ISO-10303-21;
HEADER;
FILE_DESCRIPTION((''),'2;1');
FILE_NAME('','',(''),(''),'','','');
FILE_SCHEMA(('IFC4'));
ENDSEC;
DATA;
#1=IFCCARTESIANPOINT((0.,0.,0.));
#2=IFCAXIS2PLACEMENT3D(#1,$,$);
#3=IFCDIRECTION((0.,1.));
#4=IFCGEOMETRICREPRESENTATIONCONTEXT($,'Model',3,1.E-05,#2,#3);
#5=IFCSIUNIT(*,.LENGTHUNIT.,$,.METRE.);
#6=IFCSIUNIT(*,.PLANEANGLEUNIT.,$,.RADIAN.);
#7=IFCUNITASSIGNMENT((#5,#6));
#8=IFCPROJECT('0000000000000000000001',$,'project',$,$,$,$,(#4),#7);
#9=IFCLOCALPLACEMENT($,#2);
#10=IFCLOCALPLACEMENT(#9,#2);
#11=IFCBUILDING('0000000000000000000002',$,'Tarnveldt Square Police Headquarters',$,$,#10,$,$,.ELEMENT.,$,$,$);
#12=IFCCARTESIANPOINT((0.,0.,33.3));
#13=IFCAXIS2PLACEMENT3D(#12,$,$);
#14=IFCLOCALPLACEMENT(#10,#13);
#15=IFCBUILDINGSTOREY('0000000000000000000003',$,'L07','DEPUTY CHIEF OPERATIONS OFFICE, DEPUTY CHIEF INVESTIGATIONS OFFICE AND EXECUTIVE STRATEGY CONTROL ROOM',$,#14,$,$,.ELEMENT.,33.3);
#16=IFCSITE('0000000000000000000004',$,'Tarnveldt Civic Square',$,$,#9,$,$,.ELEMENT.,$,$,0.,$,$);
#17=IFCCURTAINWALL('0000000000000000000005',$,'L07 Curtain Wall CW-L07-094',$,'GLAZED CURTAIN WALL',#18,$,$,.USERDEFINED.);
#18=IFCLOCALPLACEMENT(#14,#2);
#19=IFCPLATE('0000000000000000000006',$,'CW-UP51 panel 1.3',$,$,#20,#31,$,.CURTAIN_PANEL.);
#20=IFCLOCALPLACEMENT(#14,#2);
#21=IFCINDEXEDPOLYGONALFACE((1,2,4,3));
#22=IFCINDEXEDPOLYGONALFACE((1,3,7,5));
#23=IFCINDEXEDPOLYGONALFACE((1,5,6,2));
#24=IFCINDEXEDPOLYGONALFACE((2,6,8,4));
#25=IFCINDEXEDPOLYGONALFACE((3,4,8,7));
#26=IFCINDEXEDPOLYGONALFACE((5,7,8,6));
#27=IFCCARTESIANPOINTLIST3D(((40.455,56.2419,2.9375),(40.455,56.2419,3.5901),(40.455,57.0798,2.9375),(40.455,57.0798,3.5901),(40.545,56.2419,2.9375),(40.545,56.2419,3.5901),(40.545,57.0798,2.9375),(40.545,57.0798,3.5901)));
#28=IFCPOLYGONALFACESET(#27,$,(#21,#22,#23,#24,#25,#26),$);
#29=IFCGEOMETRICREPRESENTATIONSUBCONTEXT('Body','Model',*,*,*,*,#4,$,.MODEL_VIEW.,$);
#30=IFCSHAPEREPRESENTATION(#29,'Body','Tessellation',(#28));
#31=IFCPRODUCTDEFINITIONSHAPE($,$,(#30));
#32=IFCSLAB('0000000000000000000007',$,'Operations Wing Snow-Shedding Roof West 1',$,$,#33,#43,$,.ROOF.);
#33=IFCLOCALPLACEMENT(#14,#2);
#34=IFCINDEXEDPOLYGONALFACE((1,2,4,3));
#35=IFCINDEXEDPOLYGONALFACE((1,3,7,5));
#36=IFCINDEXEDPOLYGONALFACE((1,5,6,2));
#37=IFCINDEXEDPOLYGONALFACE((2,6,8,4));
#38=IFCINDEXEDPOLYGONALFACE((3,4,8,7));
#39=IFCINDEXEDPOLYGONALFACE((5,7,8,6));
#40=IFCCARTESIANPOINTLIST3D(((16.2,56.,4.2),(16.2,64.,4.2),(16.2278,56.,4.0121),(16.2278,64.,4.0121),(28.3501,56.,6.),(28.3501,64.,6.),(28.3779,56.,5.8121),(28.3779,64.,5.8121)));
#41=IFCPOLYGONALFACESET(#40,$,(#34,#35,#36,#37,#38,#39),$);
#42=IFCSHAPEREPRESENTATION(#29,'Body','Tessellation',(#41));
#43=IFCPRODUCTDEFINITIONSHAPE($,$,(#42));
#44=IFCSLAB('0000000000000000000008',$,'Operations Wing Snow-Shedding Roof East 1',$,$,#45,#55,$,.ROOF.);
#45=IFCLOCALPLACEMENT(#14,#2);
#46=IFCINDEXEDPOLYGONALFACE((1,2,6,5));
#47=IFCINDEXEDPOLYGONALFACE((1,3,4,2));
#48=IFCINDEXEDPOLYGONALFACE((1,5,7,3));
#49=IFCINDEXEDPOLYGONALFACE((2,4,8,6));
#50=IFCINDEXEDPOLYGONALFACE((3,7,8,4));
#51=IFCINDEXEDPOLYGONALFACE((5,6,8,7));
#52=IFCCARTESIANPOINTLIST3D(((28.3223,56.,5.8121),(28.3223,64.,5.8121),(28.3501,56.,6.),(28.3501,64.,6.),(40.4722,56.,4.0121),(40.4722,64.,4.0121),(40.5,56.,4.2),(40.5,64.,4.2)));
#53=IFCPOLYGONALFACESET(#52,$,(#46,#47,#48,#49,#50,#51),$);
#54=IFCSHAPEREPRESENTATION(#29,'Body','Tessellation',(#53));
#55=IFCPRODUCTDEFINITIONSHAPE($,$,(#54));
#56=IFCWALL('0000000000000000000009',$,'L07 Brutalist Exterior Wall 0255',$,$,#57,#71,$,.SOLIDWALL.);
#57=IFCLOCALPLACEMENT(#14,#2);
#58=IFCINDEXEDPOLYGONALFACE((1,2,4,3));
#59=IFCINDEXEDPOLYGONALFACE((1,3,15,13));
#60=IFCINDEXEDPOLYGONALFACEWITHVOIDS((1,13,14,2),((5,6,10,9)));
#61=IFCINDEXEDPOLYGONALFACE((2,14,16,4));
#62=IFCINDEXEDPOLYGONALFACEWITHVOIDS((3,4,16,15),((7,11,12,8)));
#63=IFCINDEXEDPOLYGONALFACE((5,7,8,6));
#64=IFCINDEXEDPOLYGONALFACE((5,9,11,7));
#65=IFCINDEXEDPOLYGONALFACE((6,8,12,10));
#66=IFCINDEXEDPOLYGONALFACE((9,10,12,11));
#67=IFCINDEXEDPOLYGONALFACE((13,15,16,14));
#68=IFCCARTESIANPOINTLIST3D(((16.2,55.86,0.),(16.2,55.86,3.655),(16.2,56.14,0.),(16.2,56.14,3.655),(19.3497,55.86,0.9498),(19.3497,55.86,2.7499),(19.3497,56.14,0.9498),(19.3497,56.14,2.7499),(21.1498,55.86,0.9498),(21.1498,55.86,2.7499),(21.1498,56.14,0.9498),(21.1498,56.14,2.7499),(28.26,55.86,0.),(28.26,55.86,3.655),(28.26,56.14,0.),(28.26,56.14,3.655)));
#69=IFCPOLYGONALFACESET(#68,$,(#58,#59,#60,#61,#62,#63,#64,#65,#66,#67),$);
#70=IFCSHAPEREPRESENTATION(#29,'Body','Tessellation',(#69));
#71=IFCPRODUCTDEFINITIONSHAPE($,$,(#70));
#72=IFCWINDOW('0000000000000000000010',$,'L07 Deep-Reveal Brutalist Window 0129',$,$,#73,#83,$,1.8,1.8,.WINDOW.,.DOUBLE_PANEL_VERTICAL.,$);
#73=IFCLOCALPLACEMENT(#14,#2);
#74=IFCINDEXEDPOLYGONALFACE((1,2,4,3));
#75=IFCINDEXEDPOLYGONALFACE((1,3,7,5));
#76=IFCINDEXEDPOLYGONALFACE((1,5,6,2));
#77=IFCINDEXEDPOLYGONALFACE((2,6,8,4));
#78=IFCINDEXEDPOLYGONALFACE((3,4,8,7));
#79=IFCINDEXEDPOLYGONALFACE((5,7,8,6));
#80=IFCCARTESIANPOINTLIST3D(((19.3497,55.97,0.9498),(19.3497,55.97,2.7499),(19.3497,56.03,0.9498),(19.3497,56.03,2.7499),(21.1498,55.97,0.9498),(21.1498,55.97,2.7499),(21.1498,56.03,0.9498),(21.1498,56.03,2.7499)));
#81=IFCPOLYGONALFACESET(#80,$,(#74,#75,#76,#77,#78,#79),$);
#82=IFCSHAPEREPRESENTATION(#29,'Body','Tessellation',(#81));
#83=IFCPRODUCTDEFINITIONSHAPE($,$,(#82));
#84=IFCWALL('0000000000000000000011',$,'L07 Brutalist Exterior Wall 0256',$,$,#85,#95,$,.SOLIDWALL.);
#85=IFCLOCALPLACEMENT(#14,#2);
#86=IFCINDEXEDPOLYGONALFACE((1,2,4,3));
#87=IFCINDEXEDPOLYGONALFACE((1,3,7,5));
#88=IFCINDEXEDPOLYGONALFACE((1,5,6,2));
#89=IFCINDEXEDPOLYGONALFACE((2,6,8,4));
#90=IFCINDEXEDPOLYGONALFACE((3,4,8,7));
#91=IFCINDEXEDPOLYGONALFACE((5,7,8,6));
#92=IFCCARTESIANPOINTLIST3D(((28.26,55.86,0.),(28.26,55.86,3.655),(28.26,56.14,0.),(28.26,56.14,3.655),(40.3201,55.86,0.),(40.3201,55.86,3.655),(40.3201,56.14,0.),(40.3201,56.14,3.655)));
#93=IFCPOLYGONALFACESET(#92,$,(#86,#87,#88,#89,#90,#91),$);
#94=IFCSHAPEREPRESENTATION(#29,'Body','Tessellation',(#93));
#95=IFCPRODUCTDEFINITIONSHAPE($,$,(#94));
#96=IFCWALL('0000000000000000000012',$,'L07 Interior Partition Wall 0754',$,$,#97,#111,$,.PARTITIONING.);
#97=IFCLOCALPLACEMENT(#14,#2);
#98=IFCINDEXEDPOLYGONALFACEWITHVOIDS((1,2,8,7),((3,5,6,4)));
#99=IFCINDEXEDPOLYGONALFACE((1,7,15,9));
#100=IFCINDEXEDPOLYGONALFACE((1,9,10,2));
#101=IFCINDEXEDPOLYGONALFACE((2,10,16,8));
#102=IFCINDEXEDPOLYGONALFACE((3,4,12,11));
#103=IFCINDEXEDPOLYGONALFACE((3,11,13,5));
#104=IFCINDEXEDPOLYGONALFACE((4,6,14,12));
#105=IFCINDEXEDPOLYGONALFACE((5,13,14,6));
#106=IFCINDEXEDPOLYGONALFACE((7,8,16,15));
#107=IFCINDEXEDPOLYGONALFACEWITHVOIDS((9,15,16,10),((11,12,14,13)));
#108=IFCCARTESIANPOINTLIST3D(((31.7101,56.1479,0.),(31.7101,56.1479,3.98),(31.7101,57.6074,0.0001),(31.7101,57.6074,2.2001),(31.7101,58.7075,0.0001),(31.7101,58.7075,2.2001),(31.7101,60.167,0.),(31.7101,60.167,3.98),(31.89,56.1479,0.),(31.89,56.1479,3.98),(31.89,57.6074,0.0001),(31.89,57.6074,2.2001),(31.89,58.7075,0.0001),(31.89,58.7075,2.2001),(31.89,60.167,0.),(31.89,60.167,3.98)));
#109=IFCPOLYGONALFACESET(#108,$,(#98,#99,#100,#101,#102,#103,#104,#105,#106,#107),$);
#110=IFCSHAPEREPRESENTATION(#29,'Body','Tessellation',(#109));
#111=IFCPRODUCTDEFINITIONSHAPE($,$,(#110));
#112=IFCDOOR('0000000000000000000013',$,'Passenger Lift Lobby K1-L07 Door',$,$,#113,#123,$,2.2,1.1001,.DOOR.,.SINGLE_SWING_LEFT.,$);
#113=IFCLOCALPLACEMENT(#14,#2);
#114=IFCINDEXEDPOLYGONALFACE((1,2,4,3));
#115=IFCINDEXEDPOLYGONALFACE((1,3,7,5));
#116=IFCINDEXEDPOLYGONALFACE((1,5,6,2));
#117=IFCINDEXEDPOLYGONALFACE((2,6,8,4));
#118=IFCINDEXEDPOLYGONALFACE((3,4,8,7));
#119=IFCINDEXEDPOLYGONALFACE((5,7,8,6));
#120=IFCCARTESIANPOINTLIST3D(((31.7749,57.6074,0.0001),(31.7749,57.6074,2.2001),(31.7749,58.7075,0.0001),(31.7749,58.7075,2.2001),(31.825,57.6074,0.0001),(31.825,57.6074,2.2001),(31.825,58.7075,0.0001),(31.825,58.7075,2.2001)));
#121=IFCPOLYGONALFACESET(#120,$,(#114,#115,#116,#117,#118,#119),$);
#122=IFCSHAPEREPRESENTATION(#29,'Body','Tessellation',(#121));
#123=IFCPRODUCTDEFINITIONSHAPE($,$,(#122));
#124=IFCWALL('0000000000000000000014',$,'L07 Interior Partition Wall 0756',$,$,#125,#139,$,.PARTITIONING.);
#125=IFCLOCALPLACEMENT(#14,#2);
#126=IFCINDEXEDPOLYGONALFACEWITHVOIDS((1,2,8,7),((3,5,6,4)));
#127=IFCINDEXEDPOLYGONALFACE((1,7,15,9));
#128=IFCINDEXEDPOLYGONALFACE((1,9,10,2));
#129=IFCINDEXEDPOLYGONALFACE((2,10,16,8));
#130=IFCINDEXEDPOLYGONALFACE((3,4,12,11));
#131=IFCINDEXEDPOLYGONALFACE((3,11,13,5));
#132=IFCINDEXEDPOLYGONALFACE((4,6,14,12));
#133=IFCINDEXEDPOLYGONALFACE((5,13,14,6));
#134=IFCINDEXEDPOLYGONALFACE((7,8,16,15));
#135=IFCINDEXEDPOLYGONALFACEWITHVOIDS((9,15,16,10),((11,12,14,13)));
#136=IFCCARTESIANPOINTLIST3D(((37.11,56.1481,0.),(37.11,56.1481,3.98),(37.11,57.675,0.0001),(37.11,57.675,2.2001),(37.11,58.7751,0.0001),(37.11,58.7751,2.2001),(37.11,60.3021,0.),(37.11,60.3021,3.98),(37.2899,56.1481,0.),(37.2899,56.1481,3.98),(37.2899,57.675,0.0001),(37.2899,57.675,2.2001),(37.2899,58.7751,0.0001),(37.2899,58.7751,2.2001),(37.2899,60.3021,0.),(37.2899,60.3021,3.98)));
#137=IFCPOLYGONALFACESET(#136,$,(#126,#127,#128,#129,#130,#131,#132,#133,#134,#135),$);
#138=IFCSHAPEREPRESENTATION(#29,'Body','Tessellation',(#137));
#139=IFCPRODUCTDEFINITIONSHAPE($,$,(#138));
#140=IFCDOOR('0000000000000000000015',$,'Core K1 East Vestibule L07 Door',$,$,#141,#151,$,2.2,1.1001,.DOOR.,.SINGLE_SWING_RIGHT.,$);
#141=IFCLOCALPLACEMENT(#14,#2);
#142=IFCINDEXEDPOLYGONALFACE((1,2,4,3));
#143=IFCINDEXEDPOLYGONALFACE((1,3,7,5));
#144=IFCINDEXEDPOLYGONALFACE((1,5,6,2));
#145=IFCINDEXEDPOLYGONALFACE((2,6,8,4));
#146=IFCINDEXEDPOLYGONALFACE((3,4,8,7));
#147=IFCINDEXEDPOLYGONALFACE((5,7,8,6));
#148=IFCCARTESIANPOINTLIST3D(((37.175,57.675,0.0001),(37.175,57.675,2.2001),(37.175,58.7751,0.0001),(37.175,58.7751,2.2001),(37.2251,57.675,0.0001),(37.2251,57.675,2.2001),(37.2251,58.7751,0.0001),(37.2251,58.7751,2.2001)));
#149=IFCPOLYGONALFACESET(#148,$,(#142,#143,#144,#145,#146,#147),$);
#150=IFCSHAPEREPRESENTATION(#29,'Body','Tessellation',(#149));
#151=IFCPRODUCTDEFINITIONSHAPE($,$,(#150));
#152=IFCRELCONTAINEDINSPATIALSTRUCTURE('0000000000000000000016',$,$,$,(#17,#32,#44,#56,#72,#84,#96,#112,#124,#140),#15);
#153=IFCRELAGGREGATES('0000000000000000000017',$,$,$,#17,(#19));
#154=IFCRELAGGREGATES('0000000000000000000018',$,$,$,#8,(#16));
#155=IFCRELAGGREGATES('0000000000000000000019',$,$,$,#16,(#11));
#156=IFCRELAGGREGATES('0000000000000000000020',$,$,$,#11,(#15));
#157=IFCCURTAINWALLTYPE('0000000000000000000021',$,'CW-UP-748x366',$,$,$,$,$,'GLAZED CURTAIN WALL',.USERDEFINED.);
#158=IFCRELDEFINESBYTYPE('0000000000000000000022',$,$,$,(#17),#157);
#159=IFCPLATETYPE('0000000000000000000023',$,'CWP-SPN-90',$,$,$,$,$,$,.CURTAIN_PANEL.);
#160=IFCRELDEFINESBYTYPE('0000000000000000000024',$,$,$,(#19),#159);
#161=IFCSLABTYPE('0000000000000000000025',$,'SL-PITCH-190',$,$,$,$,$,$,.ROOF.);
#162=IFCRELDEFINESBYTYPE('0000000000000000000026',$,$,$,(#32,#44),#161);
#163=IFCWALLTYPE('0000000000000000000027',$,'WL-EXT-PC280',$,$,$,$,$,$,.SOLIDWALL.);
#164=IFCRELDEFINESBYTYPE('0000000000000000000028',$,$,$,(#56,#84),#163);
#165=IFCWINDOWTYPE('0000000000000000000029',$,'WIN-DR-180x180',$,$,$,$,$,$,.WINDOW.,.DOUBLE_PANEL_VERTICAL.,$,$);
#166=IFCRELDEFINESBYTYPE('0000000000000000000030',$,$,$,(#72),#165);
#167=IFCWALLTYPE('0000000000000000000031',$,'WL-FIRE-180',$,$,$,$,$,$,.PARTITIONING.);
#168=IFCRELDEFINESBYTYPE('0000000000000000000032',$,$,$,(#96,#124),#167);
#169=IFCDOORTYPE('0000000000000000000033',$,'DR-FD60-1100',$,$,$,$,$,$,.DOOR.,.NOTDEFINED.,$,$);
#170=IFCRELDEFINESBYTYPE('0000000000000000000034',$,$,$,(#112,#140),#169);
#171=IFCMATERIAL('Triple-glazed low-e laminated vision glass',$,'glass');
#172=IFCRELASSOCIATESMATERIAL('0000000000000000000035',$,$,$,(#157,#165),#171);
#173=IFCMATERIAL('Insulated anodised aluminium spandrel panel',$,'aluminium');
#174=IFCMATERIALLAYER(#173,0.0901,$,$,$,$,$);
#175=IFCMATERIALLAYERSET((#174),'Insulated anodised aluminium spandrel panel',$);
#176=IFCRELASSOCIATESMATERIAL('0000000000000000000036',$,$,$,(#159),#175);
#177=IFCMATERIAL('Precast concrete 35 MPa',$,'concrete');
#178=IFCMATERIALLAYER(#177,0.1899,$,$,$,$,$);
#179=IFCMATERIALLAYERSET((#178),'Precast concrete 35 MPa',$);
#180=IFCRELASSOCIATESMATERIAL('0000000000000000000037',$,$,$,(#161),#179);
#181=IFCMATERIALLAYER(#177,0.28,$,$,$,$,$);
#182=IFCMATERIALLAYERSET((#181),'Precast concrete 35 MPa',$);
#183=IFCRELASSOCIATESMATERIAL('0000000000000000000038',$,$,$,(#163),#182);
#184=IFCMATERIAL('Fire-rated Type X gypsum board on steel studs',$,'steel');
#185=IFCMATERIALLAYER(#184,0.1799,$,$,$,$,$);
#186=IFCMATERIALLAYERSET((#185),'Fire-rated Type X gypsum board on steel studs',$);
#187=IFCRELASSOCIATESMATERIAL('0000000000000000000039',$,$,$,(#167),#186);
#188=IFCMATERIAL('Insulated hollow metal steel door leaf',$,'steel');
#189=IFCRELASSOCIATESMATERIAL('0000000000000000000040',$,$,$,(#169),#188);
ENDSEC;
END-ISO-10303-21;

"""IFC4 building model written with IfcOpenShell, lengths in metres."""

from ifc_helpers import new_model, si_unit, direction, frame, frame_2d, origin, origin_2d, place, context, subcontext, project, spatial, polyline, rectangle, outline, extrude, material, layer, layer_set, type_object, element, fill, aggregate, save


model = new_model("IFC4")

# Units and contexts
model_context = context("Model", 3, precision=1e-05, world=origin(), true_north=direction((0.0, 1.0)))
body_context = subcontext(model_context, "Body", "Model", "MODEL_VIEW")
ifc_project = project(units=[si_unit("LENGTHUNIT", "METRE"), si_unit("PLANEANGLEUNIT", "RADIAN")], contexts=[model_context])

# Site, building, storey
site_placement = place(None, origin())
site = spatial("IfcSite", under=ifc_project, at=site_placement, Name="Tarnveldt Civic Square", CompositionType="ELEMENT", RefElevation=0.0)
building_placement = place(site_placement, origin())
building = spatial("IfcBuilding", under=site, at=building_placement, Name="Tarnveldt Square Police Headquarters", CompositionType="ELEMENT")
storey_placement = place(building_placement, frame((0.0, 0.0, 33.3)))
storey = spatial("IfcBuildingStorey", under=building, at=storey_placement, Name="L07", Description="DEPUTY CHIEF OPERATIONS OFFICE, DEPUTY CHIEF INVESTIGATIONS OFFICE AND EXECUTIVE STRATEGY CONTROL ROOM", CompositionType="ELEMENT", Elevation=33.3)

# Curtain wall
ifc_material_1 = material(Name="Triple-glazed low-e laminated vision glass", Category="glass")
curtain_wall_type = type_object("IfcCurtainWallType", Name="CW-UP-748x366", ElementType="GLAZED CURTAIN WALL", PredefinedType="USERDEFINED", material=ifc_material_1)
curtain_wall_placement = place(storey_placement, origin())
curtain_wall = element("IfcCurtainWall", 1, at=curtain_wall_placement, inside=storey, type_object=curtain_wall_type, Name="L07 Curtain Wall CW-L07-094", ObjectType="GLAZED CURTAIN WALL", PredefinedType="USERDEFINED")

# Plate
ifc_material_2 = material(Name="Insulated anodised aluminium spandrel panel", Category="aluminium")
ifc_layer_1 = layer(ifc_material_2, 0.0901)
ifc_layer_set_1 = layer_set([ifc_layer_1], Name="Insulated anodised aluminium spandrel panel")
plate_type = type_object("IfcPlateType", Name="CWP-SPN-90", PredefinedType="CURTAIN_PANEL", material=ifc_layer_set_1)
plate_1_placement = place(storey_placement, frame((40.5, 56.6609, 2.9375), z_axis=(0.0, 0.0, 1.0), x_axis=(0.0, 1.0, 0.0)))
plate_1 = element("IfcPlate", 2, at=plate_1_placement, type_object=plate_type, Name="CW-UP51 panel 1.3", PredefinedType="CURTAIN_PANEL", context=body_context, shape_type="SweptSolid", body=[
    extrude(rectangle(XDim=0.8379, YDim=0.0901, at=origin_2d()), origin(), (0.0, 0.0, 1.0), 0.6526),
])
aggregate(curtain_wall, [plate_1])

# Slabs
ifc_material_3 = material(Name="Precast concrete 35 MPa", Category="concrete")
ifc_layer_2 = layer(ifc_material_3, 0.1899)
ifc_layer_set_2 = layer_set([ifc_layer_2], Name="Precast concrete 35 MPa")
slab_type = type_object("IfcSlabType", Name="SL-PITCH-190", PredefinedType="ROOF", material=ifc_layer_set_2)
slab_1_placement = place(storey_placement, frame((16.2, 56.0, 4.2), z_axis=(-0.146551, 0.0, 0.989203), x_axis=(0.0, 1.0, 0.0)))
element("IfcSlab", 3, at=slab_1_placement, inside=storey, type_object=slab_type, Name="Operations Wing Snow-Shedding Roof West 1", PredefinedType="ROOF", context=body_context, shape_type="SweptSolid", body=[
    extrude(outline(polyline([(0.0, 0.0), (8.0, 0.0), (8.0, -12.2828), (0.0, -12.2828), (0.0, 0.0)])), origin(), (0.0, 0.0, -1.0), 0.1899),
])
slab_2_placement = place(storey_placement, frame((28.3501, 56.0, 6.0), z_axis=(0.146554, 0.0, 0.989203), x_axis=(0.0, 1.0, 0.0)))
element("IfcSlab", 4, at=slab_2_placement, inside=storey, type_object=slab_type, Name="Operations Wing Snow-Shedding Roof East 1", PredefinedType="ROOF", context=body_context, shape_type="SweptSolid", body=[
    extrude(outline(polyline([(0.0, 0.0), (8.0, 0.0), (8.0, -12.2825), (0.0, -12.2825), (0.0, 0.0)])), origin(), (0.0, 0.0, -1.0), 0.1899),
])

# Wall, opening, window
ifc_layer_3 = layer(ifc_material_3, 0.28)
ifc_layer_set_3 = layer_set([ifc_layer_3], Name="Precast concrete 35 MPa")
wall_type_1 = type_object("IfcWallType", Name="WL-EXT-PC280", PredefinedType="SOLIDWALL", material=ifc_layer_set_3)
wall_1_placement = place(storey_placement, frame((16.2, 56.0, 0.0), z_axis=(0.0, 0.0, 1.0), x_axis=(1.0, 0.0, 0.0)))
wall_1 = element("IfcWall", 5, at=wall_1_placement, inside=storey, type_object=wall_type_1, Name="L07 Brutalist Exterior Wall 0255", PredefinedType="SOLIDWALL", context=body_context, shape_type="SweptSolid", body=[
    extrude(rectangle(XDim=12.0601, YDim=0.28, at=frame_2d((6.03, 0.0))), origin(), (0.0, 0.0, 1.0), 3.655),
])
opening_1_placement = place(wall_1_placement, frame((3.1499, 0.0, 0.95)))
opening_1 = element("IfcOpeningElement", 6, at=opening_1_placement, cuts=wall_1, PredefinedType="OPENING", context=body_context, shape_type="SweptSolid", body=[
    extrude(rectangle(XDim=1.8, YDim=1.8, at=frame_2d((0.8999, 0.8999))), frame((0.0, 0.1499, 0.0), z_axis=(0.0, -1.0, 0.0), x_axis=(1.0, 0.0, 0.0)), (0.0, 0.0, 1.0), 0.3),
])
window_type = type_object("IfcWindowType", Name="WIN-DR-180x180", PartitioningType="DOUBLE_PANEL_VERTICAL", PredefinedType="WINDOW", material=ifc_material_1)
window_placement = place(opening_1_placement, origin())
window = element("IfcWindow", 7, at=window_placement, inside=storey, type_object=window_type, Name="L07 Deep-Reveal Brutalist Window 0129", OverallHeight=1.8, OverallWidth=1.8, PartitioningType="DOUBLE_PANEL_VERTICAL", PredefinedType="WINDOW", context=body_context, shape_type="SweptSolid", body=[
    extrude(rectangle(XDim=1.8, YDim=1.8, at=frame_2d((0.8999, 0.8999))), frame((0.0, 0.03, 0.0), z_axis=(0.0, -1.0, 0.0), x_axis=(1.0, 0.0, 0.0)), (0.0, 0.0, 1.0), 0.0601),
])
fill(opening_1, window)

# Wall
wall_2_placement = place(storey_placement, frame((28.26, 56.0, 0.0), z_axis=(0.0, 0.0, 1.0), x_axis=(1.0, 0.0, 0.0)))
element("IfcWall", 8, at=wall_2_placement, inside=storey, type_object=wall_type_1, Name="L07 Brutalist Exterior Wall 0256", PredefinedType="SOLIDWALL", context=body_context, shape_type="SweptSolid", body=[
    extrude(rectangle(XDim=12.0601, YDim=0.28, at=frame_2d((6.03, 0.0))), origin(), (0.0, 0.0, 1.0), 3.655),
])

# Walls, openings, doors
ifc_material_4 = material(Name="Fire-rated Type X gypsum board on steel studs", Category="steel")
ifc_layer_4 = layer(ifc_material_4, 0.1799)
ifc_layer_set_4 = layer_set([ifc_layer_4], Name="Fire-rated Type X gypsum board on steel studs")
wall_type_2 = type_object("IfcWallType", Name="WL-FIRE-180", PredefinedType="PARTITIONING", material=ifc_layer_set_4)
wall_3_placement = place(storey_placement, frame((31.8, 56.1479, 0.0), z_axis=(0.0, 0.0, 1.0), x_axis=(0.0, 1.0, 0.0)))
wall_3 = element("IfcWall", 9, at=wall_3_placement, inside=storey, type_object=wall_type_2, Name="L07 Interior Partition Wall 0754", PredefinedType="PARTITIONING", context=body_context, shape_type="SweptSolid", body=[
    extrude(rectangle(XDim=4.019, YDim=0.1799, at=frame_2d((2.0095, 0.0))), origin(), (0.0, 0.0, 1.0), 3.98),
])
opening_2_placement = place(wall_3_placement, frame((1.4595, 0.0, 0.0)))
opening_2 = element("IfcOpeningElement", 10, at=opening_2_placement, cuts=wall_3, PredefinedType="OPENING", context=body_context, shape_type="SweptSolid", body=[
    extrude(rectangle(XDim=1.1001, YDim=2.2, at=frame_2d((0.55, 1.1001))), frame((0.0, 0.0999, 0.0), z_axis=(0.0, -1.0, 0.0), x_axis=(1.0, 0.0, 0.0)), (0.0, 0.0, 1.0), 0.2),
])
ifc_material_5 = material(Name="Insulated hollow metal steel door leaf", Category="steel")
door_type = type_object("IfcDoorType", Name="DR-FD60-1100", OperationType="NOTDEFINED", PredefinedType="DOOR", material=ifc_material_5)
door_1_placement = place(opening_2_placement, frame((1.1001, 0.0, 0.0), z_axis=(0.0, 0.0, 1.0), x_axis=(-1.0, 0.0, 0.0)))
door_1 = element("IfcDoor", 11, at=door_1_placement, inside=storey, type_object=door_type, Name="Passenger Lift Lobby K1-L07 Door", OperationType="SINGLE_SWING_LEFT", OverallHeight=2.2, OverallWidth=1.1001, PredefinedType="DOOR", context=body_context, shape_type="SweptSolid", body=[
    extrude(rectangle(XDim=1.1001, YDim=2.2, at=frame_2d((0.55, 1.1001))), frame((0.0, 0.0249, 0.0), z_axis=(0.0, -1.0, 0.0), x_axis=(1.0, 0.0, 0.0)), (0.0, 0.0, 1.0), 0.05),
])
fill(opening_2, door_1)
wall_4_placement = place(storey_placement, frame((37.2, 56.1479, 0.0), z_axis=(0.0, 0.0, 1.0), x_axis=(0.0, 1.0, 0.0)))
wall_4 = element("IfcWall", 12, at=wall_4_placement, inside=storey, type_object=wall_type_2, Name="L07 Interior Partition Wall 0756", PredefinedType="PARTITIONING", context=body_context, shape_type="SweptSolid", body=[
    extrude(rectangle(XDim=4.1541, YDim=0.1799, at=frame_2d((2.0771, 0.0))), origin(), (0.0, 0.0, 1.0), 3.98),
])
opening_3_placement = place(wall_4_placement, frame((1.5271, 0.0, 0.0)))
opening_3 = element("IfcOpeningElement", 13, at=opening_3_placement, cuts=wall_4, PredefinedType="OPENING", context=body_context, shape_type="SweptSolid", body=[
    extrude(rectangle(XDim=1.1001, YDim=2.2, at=frame_2d((0.55, 1.1001))), frame((0.0, 0.0999, 0.0), z_axis=(0.0, -1.0, 0.0), x_axis=(1.0, 0.0, 0.0)), (0.0, 0.0, 1.0), 0.2),
])
door_2_placement = place(opening_3_placement, origin())
door_2 = element("IfcDoor", 14, at=door_2_placement, inside=storey, type_object=door_type, Name="Core K1 East Vestibule L07 Door", OperationType="SINGLE_SWING_RIGHT", OverallHeight=2.2, OverallWidth=1.1001, PredefinedType="DOOR", context=body_context, shape_type="SweptSolid", body=[
    extrude(rectangle(XDim=1.1001, YDim=2.2, at=frame_2d((0.55, 1.1001))), frame((0.0, 0.0249, 0.0), z_axis=(0.0, -1.0, 0.0), x_axis=(1.0, 0.0, 0.0)), (0.0, 0.0, 1.0), 0.05),
])
fill(opening_3, door_2)

save(model, "model.ifc")
